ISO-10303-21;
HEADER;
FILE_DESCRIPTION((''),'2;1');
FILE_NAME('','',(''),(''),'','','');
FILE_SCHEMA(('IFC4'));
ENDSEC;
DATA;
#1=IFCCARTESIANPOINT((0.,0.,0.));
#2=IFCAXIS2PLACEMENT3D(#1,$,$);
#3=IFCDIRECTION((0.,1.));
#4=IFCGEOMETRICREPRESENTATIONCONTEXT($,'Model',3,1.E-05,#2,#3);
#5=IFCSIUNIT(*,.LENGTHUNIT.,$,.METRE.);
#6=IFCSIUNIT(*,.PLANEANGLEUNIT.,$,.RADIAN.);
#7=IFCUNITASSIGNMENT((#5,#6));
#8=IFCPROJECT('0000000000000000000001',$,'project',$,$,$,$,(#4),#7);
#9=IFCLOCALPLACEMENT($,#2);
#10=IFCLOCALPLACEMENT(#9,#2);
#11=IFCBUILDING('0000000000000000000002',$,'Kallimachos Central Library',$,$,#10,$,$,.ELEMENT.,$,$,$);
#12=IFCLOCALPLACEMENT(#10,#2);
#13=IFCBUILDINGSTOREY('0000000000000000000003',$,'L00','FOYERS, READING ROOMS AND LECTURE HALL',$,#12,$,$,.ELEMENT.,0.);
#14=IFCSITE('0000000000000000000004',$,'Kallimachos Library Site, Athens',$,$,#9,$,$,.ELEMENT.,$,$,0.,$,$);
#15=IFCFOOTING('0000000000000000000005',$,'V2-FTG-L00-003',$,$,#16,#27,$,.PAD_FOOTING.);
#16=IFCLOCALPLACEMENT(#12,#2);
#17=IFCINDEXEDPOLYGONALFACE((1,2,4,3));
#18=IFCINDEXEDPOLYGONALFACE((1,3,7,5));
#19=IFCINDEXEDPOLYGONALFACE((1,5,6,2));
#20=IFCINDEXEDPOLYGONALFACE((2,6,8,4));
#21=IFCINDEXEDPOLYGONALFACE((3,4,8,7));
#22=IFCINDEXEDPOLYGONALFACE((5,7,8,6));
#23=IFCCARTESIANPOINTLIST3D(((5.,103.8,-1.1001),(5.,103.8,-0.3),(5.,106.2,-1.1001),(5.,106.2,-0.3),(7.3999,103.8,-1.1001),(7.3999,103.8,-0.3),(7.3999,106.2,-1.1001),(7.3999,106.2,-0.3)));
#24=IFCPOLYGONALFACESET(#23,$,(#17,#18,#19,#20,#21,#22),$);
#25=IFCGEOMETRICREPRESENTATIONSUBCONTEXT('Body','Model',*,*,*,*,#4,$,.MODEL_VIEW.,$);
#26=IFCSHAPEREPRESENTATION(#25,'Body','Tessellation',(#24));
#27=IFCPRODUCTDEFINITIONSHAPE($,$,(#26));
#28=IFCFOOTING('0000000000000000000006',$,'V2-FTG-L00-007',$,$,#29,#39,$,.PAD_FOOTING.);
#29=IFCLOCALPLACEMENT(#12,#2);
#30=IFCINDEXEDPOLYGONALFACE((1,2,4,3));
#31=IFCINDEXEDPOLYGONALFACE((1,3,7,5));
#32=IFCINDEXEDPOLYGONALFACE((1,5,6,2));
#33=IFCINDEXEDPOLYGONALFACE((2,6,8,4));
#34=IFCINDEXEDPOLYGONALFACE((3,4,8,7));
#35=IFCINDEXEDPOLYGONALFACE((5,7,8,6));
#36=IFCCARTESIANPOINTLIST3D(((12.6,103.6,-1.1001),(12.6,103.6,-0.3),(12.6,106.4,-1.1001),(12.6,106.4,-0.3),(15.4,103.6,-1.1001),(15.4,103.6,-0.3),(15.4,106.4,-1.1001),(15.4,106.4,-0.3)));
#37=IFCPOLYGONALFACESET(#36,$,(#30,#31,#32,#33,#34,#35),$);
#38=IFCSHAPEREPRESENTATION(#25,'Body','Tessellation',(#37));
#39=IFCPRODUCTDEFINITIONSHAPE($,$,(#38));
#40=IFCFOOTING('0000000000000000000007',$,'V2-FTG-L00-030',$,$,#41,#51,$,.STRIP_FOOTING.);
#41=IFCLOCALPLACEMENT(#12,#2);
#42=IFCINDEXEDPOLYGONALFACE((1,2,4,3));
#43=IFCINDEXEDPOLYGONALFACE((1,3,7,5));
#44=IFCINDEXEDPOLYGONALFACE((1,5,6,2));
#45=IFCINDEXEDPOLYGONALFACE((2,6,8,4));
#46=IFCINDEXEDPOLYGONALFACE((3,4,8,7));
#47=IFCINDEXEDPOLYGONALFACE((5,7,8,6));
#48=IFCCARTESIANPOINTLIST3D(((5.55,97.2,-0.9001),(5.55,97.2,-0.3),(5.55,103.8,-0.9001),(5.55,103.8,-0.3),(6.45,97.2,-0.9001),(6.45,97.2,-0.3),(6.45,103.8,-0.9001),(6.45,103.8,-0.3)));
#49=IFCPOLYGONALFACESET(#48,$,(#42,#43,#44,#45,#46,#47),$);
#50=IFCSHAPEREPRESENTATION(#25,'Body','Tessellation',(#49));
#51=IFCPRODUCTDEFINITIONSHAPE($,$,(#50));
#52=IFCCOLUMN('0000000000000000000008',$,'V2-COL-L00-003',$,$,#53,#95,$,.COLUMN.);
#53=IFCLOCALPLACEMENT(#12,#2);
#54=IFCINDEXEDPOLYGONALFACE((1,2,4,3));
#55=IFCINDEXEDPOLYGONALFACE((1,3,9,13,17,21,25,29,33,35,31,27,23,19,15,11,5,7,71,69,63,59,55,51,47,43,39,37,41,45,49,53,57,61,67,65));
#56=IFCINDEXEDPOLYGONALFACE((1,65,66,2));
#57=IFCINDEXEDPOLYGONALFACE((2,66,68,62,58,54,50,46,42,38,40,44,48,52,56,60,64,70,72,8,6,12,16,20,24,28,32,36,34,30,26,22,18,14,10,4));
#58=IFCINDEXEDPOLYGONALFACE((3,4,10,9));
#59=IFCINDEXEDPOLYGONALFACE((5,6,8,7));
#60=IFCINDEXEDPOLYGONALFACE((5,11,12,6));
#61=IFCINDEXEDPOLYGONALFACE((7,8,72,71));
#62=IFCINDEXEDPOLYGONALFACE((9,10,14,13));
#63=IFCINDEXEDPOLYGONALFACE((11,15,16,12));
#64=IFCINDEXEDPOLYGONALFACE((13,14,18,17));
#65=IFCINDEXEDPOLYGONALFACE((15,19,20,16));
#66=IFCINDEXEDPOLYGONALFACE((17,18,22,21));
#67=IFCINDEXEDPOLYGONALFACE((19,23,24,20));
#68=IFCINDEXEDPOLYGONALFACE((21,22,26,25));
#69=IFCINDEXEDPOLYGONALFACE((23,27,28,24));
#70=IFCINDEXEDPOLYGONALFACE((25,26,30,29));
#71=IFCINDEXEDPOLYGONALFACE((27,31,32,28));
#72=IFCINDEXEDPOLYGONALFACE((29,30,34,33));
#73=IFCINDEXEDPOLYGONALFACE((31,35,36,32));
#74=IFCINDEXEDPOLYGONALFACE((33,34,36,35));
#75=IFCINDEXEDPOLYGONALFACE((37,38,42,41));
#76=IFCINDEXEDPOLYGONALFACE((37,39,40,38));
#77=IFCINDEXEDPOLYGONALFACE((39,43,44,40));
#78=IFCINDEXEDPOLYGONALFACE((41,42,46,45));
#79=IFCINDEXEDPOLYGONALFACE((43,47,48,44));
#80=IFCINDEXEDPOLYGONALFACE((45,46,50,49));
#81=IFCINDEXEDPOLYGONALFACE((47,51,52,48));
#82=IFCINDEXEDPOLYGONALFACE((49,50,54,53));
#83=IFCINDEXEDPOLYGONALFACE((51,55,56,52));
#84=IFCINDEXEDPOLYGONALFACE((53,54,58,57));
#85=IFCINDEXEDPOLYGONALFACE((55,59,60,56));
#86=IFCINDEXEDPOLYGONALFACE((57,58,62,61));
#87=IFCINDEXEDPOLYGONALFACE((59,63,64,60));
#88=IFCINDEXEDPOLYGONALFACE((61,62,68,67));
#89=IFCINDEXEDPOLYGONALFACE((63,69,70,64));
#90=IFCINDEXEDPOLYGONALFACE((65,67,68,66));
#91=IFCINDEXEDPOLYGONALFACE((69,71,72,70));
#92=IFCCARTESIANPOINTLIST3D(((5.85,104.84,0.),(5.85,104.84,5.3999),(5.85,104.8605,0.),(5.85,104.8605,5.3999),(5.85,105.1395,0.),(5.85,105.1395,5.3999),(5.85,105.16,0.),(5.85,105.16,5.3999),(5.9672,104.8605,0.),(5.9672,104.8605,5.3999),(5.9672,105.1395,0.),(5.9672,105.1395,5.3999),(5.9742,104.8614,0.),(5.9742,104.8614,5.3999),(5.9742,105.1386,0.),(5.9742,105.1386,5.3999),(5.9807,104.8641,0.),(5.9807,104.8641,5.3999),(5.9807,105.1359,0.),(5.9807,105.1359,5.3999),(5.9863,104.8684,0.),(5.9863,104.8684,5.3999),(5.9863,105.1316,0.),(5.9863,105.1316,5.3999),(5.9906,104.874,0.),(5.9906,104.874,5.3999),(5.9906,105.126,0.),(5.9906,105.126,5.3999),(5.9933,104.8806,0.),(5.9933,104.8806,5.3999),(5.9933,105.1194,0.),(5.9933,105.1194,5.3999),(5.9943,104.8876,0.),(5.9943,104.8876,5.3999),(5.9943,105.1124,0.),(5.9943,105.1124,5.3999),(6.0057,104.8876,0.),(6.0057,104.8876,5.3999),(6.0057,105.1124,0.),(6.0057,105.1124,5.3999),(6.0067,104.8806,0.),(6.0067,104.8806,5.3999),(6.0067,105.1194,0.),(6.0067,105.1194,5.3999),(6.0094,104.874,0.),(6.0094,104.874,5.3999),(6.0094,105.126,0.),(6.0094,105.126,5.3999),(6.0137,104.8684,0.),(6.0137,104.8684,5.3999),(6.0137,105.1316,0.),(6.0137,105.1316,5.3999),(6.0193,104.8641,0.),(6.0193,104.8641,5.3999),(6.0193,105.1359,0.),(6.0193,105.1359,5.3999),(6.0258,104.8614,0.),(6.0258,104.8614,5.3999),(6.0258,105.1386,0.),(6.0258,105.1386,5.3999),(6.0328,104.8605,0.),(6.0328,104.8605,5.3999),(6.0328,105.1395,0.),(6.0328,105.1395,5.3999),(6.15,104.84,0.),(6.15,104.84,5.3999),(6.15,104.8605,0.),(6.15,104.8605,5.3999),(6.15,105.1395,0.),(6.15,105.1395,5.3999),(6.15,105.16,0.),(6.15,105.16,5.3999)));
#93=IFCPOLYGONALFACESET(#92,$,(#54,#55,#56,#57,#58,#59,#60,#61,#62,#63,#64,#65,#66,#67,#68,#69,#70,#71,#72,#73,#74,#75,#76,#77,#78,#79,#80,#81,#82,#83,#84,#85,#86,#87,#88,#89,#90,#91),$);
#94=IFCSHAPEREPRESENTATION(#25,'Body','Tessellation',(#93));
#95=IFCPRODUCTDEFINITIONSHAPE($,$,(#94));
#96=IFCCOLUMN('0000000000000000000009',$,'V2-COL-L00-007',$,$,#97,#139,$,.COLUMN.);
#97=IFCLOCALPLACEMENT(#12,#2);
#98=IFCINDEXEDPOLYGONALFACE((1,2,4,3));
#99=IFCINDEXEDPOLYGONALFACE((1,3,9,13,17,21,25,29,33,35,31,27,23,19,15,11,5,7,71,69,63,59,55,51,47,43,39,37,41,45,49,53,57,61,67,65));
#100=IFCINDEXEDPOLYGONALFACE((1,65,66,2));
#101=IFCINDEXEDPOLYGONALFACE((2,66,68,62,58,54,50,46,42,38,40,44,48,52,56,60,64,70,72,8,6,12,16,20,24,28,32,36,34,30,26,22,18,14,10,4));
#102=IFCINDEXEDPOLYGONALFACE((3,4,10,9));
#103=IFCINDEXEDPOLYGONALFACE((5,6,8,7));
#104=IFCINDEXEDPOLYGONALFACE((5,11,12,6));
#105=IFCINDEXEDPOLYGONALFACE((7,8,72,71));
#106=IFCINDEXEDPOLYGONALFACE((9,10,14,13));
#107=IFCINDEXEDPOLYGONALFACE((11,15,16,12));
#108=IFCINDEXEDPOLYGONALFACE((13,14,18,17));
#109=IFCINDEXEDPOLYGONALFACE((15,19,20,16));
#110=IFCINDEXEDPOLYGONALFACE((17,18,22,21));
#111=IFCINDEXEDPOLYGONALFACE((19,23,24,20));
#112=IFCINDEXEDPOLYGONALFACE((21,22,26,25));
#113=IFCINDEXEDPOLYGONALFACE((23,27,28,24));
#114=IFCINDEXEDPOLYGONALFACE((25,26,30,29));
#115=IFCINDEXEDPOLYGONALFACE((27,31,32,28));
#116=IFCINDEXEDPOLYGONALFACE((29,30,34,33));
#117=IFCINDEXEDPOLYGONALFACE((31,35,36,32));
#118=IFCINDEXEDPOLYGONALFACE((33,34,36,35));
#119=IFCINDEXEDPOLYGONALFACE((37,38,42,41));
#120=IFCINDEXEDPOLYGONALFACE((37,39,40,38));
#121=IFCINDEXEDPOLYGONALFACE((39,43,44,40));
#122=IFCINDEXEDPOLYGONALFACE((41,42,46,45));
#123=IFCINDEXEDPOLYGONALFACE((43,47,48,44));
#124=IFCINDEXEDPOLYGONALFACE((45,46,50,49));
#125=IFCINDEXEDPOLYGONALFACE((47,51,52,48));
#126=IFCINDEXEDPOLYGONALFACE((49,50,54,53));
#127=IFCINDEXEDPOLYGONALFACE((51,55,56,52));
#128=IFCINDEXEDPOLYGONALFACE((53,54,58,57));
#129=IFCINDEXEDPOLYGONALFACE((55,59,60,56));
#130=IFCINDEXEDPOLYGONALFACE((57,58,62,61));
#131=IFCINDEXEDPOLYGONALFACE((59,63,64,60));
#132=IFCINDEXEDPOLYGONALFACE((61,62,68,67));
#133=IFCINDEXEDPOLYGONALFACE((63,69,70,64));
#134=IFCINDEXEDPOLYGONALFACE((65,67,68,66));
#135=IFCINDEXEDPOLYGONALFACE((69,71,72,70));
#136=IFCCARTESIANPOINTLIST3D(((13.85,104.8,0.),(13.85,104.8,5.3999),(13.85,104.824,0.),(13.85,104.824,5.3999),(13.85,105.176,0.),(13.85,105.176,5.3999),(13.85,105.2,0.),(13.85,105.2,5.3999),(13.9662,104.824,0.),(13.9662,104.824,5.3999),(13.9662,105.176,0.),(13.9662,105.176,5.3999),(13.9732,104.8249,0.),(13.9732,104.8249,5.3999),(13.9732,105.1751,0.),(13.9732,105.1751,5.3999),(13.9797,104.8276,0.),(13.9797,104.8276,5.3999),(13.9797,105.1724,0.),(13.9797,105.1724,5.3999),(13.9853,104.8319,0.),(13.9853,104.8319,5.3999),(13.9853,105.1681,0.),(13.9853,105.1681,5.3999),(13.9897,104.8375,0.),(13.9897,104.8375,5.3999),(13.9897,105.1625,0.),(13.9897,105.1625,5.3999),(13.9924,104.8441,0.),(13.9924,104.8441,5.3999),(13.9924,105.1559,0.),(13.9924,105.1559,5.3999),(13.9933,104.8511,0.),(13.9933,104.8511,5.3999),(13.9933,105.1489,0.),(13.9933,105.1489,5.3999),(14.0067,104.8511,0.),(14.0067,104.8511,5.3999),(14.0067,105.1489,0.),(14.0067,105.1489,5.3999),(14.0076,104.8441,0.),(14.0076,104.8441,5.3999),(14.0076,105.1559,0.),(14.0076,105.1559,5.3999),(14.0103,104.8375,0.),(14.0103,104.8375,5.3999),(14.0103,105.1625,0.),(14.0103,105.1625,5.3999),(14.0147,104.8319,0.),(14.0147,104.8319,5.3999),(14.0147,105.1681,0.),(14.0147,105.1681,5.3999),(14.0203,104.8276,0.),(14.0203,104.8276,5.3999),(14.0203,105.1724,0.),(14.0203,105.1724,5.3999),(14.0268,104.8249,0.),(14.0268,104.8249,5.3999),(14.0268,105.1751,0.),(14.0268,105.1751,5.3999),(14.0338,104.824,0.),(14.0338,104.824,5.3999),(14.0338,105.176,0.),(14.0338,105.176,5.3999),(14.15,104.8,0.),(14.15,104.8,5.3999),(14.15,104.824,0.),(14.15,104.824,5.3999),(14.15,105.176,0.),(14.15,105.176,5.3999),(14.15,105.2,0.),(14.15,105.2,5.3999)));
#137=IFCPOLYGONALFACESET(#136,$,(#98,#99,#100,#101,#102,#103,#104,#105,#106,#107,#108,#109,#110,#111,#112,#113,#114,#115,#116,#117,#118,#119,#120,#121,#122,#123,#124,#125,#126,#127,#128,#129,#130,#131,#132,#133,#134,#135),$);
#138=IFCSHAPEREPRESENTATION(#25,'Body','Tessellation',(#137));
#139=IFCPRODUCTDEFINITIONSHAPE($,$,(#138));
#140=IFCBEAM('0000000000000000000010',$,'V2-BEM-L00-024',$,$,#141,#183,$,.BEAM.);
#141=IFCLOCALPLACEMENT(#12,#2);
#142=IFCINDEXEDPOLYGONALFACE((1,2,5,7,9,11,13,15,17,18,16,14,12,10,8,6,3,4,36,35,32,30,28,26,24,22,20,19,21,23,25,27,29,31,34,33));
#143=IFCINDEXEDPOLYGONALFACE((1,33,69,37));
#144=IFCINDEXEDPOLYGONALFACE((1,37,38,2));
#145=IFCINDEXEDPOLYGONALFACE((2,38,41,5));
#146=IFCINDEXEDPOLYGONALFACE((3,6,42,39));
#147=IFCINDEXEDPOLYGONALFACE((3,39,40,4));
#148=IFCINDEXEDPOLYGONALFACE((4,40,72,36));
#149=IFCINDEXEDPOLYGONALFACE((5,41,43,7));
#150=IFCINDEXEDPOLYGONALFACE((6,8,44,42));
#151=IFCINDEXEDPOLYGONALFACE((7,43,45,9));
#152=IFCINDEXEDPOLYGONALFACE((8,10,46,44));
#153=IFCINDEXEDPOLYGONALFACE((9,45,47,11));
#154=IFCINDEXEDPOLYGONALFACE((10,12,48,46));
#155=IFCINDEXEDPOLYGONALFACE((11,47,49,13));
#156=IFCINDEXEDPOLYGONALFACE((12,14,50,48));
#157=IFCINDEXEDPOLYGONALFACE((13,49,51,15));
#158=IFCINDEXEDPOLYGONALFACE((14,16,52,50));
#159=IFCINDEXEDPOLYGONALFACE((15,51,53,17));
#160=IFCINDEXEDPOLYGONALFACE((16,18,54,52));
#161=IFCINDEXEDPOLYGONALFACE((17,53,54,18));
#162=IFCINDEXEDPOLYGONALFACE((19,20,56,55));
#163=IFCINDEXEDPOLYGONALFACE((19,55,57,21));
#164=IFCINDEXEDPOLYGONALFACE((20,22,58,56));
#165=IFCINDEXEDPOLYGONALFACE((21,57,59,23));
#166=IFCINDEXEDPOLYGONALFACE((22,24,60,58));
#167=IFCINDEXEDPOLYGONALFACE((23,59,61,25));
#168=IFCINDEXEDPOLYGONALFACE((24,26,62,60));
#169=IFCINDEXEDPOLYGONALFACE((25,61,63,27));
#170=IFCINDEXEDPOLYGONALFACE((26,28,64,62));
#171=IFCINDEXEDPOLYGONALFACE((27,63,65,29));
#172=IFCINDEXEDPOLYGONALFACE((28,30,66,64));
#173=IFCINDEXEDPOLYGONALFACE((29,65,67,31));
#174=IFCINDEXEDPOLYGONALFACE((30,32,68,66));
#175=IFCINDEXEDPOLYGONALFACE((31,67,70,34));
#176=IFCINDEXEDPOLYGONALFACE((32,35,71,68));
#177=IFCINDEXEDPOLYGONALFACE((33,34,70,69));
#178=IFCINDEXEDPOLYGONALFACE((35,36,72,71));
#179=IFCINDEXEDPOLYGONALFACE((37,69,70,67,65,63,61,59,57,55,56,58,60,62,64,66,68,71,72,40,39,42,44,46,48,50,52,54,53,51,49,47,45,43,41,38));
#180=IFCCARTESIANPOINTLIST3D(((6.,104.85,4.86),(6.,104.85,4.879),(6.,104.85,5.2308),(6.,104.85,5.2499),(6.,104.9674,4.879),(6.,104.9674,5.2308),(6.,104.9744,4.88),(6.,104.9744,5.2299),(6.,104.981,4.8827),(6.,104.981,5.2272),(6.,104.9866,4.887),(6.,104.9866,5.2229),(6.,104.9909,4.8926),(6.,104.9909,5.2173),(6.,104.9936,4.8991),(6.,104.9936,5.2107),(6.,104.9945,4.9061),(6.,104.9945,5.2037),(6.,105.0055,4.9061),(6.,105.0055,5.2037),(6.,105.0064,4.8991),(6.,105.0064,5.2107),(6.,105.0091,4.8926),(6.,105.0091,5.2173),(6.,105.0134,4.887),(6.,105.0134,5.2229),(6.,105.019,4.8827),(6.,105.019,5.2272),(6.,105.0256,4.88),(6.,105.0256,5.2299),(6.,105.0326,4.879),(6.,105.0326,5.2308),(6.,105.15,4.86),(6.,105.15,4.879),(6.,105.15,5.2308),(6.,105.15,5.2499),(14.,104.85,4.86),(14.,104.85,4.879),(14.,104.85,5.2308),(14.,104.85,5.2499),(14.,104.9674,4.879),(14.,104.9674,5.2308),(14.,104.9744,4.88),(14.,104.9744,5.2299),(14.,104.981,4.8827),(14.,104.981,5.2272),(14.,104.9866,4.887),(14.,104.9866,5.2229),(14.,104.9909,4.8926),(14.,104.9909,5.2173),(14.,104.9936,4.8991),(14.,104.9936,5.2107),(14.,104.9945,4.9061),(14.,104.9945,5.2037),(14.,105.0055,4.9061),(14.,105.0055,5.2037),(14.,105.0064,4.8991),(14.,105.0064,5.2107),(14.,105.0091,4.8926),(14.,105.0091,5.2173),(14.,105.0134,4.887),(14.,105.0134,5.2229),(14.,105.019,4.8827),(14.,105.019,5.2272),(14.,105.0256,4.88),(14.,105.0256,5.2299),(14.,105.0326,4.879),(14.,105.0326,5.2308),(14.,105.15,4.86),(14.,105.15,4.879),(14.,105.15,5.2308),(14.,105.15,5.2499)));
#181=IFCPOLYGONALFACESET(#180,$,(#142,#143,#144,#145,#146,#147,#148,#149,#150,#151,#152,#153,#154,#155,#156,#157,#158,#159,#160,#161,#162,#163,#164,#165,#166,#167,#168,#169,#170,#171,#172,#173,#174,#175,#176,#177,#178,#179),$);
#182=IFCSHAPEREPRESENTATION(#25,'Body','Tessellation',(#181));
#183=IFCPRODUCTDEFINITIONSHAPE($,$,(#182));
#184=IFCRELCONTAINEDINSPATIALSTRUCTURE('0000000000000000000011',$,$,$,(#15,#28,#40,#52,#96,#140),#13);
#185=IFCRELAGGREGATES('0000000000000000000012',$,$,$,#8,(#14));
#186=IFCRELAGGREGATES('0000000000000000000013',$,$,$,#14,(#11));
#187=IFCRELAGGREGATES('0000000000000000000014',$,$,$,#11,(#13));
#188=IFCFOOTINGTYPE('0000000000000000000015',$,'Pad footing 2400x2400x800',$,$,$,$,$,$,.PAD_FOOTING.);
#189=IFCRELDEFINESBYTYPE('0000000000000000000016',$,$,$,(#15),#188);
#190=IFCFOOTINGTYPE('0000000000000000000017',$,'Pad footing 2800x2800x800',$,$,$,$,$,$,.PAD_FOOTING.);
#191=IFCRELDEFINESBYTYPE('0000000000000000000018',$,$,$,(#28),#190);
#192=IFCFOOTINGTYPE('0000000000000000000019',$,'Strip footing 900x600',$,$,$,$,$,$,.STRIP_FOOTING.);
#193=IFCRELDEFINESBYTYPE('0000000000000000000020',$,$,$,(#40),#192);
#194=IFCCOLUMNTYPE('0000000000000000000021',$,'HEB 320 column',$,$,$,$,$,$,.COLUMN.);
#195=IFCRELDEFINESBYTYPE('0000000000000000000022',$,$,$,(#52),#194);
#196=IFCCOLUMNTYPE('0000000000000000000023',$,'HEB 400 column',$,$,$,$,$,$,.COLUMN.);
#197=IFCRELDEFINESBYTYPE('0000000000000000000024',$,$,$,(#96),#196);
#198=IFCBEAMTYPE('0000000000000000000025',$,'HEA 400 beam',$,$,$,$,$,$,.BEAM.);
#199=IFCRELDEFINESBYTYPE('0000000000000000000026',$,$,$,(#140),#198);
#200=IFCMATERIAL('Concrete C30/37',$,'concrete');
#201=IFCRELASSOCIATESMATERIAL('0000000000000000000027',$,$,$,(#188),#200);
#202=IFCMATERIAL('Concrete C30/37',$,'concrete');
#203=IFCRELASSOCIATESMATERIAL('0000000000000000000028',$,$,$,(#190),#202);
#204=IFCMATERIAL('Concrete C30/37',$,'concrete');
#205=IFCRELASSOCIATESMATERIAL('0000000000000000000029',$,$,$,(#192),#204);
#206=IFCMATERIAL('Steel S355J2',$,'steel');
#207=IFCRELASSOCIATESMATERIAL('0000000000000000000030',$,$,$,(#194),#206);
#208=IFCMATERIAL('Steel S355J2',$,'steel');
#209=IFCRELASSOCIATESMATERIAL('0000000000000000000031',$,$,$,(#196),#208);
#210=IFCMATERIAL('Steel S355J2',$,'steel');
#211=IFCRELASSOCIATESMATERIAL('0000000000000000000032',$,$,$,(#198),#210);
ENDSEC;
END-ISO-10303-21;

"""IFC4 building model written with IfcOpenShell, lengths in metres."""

from ifc_helpers import new_model, si_unit, direction, frame, origin, origin_2d, place, context, subcontext, project, spatial, rectangle, i_section, extrude, material, material_profile, profile_set, type_object, element, save


model = new_model("IFC4")

# Units and contexts
model_context = context("Model", 3, precision=1e-05, world=origin(), true_north=direction((0.0, 1.0)))
body_context = subcontext(model_context, "Body", "Model", "MODEL_VIEW")
ifc_project = project(units=[si_unit("LENGTHUNIT", "METRE"), si_unit("PLANEANGLEUNIT", "RADIAN")], contexts=[model_context])

# Site, building, storey
site_placement = place(None, origin())
site = spatial("IfcSite", under=ifc_project, at=site_placement, Name="Kallimachos Library Site, Athens", CompositionType="ELEMENT", RefElevation=0.0)
building_placement = place(site_placement, origin())
building = spatial("IfcBuilding", under=site, at=building_placement, Name="Kallimachos Central Library", CompositionType="ELEMENT")
storey_placement = place(building_placement, origin())
storey = spatial("IfcBuildingStorey", under=building, at=storey_placement, Name="L00", Description="FOYERS, READING ROOMS AND LECTURE HALL", CompositionType="ELEMENT", Elevation=0.0)

# Footings
ifc_material_1 = material(Name="Concrete C30/37", Category="concrete")
footing_type_1 = type_object("IfcFootingType", Name="Pad footing 2400x2400x800", PredefinedType="PAD_FOOTING", material=ifc_material_1)
footing_1_placement = place(storey_placement, frame((6.2, 105.0, -1.1001), z_axis=(0.0, 0.0, 1.0), x_axis=(1.0, 0.0, 0.0)))
element("IfcFooting", 1, at=footing_1_placement, inside=storey, type_object=footing_type_1, Name="V2-FTG-L00-003", PredefinedType="PAD_FOOTING", context=body_context, shape_type="SweptSolid", body=[
    extrude(rectangle(XDim=2.3999, YDim=2.3999, at=origin_2d()), origin(), (0.0, 0.0, 1.0), 0.8),
])
ifc_material_2 = material(Name="Concrete C30/37", Category="concrete")
footing_type_2 = type_object("IfcFootingType", Name="Pad footing 2800x2800x800", PredefinedType="PAD_FOOTING", material=ifc_material_2)
footing_2_placement = place(storey_placement, frame((14.0, 105.0, -1.1001), z_axis=(0.0, 0.0, 1.0), x_axis=(1.0, 0.0, 0.0)))
element("IfcFooting", 2, at=footing_2_placement, inside=storey, type_object=footing_type_2, Name="V2-FTG-L00-007", PredefinedType="PAD_FOOTING", context=body_context, shape_type="SweptSolid", body=[
    extrude(rectangle(XDim=2.8, YDim=2.8, at=origin_2d()), origin(), (0.0, 0.0, 1.0), 0.8),
])
ifc_material_3 = material(Name="Concrete C30/37", Category="concrete")
footing_type_3 = type_object("IfcFootingType", Name="Strip footing 900x600", PredefinedType="STRIP_FOOTING", material=ifc_material_3)
footing_3_placement = place(storey_placement, frame((6.0, 100.5, -0.9001), z_axis=(0.0, 0.0, 1.0), x_axis=(1.0, 0.0, 0.0)))
element("IfcFooting", 3, at=footing_3_placement, inside=storey, type_object=footing_type_3, Name="V2-FTG-L00-030", PredefinedType="STRIP_FOOTING", context=body_context, shape_type="SweptSolid", body=[
    extrude(rectangle(XDim=0.8999, YDim=6.6001, at=origin_2d()), origin(), (0.0, 0.0, 1.0), 0.6001),
])

# Columns
ifc_material_4 = material(Name="Steel S355J2", Category="steel")
ifc_material_profile_1 = material_profile(ifc_material_4, i_section(OverallWidth=0.3, OverallDepth=0.3201, WebThickness=0.0115, FlangeThickness=0.0205, FilletRadius=0.0271, at=origin_2d()), Name="HEB 320")
ifc_profile_set_1 = profile_set([ifc_material_profile_1], Name="Steel S355J2")
column_type_1 = type_object("IfcColumnType", Name="HEB 320 column", PredefinedType="COLUMN", material=ifc_profile_set_1)
column_1_placement = place(storey_placement, frame((6.0, 105.0, 0.0), z_axis=(0.0, 0.0, 1.0), x_axis=(1.0, 0.0, 0.0)))
element("IfcColumn", 4, at=column_1_placement, inside=storey, type_object=column_type_1, Name="V2-COL-L00-003", PredefinedType="COLUMN", context=body_context, shape_type="SweptSolid", body=[
    extrude(i_section(OverallWidth=0.3, OverallDepth=0.3201, WebThickness=0.0115, FlangeThickness=0.0205, FilletRadius=0.0271, at=origin_2d()), origin(), (0.0, 0.0, 1.0), 5.3999),
])
ifc_material_5 = material(Name="Steel S355J2", Category="steel")
ifc_material_profile_2 = material_profile(ifc_material_5, i_section(OverallWidth=0.3, OverallDepth=0.3999, WebThickness=0.0134, FlangeThickness=0.0239, FilletRadius=0.0271, at=origin_2d()), Name="HEB 400")
ifc_profile_set_2 = profile_set([ifc_material_profile_2], Name="Steel S355J2")
column_type_2 = type_object("IfcColumnType", Name="HEB 400 column", PredefinedType="COLUMN", material=ifc_profile_set_2)
column_2_placement = place(storey_placement, frame((14.0, 105.0, 0.0), z_axis=(0.0, 0.0, 1.0), x_axis=(1.0, 0.0, 0.0)))
element("IfcColumn", 5, at=column_2_placement, inside=storey, type_object=column_type_2, Name="V2-COL-L00-007", PredefinedType="COLUMN", context=body_context, shape_type="SweptSolid", body=[
    extrude(i_section(OverallWidth=0.3, OverallDepth=0.3999, WebThickness=0.0134, FlangeThickness=0.0239, FilletRadius=0.0271, at=origin_2d()), origin(), (0.0, 0.0, 1.0), 5.3999),
])

# Beam
ifc_material_6 = material(Name="Steel S355J2", Category="steel")
ifc_material_profile_3 = material_profile(ifc_material_6, i_section(OverallWidth=0.3, OverallDepth=0.3899, WebThickness=0.011, FlangeThickness=0.019, FilletRadius=0.0271, at=origin_2d()), Name="HEA 400")
ifc_profile_set_3 = profile_set([ifc_material_profile_3], Name="Steel S355J2")
beam_type_1 = type_object("IfcBeamType", Name="HEA 400 beam", PredefinedType="BEAM", material=ifc_profile_set_3)
for number, where, z_axis, x_axis, name in (
    (6, (6.0, 105.0, 5.0549), (1.0, 0.0, 0.0), (0.0, 1.0, 0.0), "V2-BEM-L00-024"),
):
    element("IfcBeam", number, at=place(storey_placement, frame(where, z_axis=z_axis, x_axis=x_axis)), inside=storey, type_object=beam_type_1, Name=name, PredefinedType="BEAM", context=body_context, shape_type="SweptSolid", body=[
        extrude(i_section(OverallWidth=0.3, OverallDepth=0.3899, WebThickness=0.011, FlangeThickness=0.019, FilletRadius=0.0271, at=origin_2d()), origin(), (0.0, 0.0, 1.0), 8.0),
    ])

save(model, "model.ifc")
